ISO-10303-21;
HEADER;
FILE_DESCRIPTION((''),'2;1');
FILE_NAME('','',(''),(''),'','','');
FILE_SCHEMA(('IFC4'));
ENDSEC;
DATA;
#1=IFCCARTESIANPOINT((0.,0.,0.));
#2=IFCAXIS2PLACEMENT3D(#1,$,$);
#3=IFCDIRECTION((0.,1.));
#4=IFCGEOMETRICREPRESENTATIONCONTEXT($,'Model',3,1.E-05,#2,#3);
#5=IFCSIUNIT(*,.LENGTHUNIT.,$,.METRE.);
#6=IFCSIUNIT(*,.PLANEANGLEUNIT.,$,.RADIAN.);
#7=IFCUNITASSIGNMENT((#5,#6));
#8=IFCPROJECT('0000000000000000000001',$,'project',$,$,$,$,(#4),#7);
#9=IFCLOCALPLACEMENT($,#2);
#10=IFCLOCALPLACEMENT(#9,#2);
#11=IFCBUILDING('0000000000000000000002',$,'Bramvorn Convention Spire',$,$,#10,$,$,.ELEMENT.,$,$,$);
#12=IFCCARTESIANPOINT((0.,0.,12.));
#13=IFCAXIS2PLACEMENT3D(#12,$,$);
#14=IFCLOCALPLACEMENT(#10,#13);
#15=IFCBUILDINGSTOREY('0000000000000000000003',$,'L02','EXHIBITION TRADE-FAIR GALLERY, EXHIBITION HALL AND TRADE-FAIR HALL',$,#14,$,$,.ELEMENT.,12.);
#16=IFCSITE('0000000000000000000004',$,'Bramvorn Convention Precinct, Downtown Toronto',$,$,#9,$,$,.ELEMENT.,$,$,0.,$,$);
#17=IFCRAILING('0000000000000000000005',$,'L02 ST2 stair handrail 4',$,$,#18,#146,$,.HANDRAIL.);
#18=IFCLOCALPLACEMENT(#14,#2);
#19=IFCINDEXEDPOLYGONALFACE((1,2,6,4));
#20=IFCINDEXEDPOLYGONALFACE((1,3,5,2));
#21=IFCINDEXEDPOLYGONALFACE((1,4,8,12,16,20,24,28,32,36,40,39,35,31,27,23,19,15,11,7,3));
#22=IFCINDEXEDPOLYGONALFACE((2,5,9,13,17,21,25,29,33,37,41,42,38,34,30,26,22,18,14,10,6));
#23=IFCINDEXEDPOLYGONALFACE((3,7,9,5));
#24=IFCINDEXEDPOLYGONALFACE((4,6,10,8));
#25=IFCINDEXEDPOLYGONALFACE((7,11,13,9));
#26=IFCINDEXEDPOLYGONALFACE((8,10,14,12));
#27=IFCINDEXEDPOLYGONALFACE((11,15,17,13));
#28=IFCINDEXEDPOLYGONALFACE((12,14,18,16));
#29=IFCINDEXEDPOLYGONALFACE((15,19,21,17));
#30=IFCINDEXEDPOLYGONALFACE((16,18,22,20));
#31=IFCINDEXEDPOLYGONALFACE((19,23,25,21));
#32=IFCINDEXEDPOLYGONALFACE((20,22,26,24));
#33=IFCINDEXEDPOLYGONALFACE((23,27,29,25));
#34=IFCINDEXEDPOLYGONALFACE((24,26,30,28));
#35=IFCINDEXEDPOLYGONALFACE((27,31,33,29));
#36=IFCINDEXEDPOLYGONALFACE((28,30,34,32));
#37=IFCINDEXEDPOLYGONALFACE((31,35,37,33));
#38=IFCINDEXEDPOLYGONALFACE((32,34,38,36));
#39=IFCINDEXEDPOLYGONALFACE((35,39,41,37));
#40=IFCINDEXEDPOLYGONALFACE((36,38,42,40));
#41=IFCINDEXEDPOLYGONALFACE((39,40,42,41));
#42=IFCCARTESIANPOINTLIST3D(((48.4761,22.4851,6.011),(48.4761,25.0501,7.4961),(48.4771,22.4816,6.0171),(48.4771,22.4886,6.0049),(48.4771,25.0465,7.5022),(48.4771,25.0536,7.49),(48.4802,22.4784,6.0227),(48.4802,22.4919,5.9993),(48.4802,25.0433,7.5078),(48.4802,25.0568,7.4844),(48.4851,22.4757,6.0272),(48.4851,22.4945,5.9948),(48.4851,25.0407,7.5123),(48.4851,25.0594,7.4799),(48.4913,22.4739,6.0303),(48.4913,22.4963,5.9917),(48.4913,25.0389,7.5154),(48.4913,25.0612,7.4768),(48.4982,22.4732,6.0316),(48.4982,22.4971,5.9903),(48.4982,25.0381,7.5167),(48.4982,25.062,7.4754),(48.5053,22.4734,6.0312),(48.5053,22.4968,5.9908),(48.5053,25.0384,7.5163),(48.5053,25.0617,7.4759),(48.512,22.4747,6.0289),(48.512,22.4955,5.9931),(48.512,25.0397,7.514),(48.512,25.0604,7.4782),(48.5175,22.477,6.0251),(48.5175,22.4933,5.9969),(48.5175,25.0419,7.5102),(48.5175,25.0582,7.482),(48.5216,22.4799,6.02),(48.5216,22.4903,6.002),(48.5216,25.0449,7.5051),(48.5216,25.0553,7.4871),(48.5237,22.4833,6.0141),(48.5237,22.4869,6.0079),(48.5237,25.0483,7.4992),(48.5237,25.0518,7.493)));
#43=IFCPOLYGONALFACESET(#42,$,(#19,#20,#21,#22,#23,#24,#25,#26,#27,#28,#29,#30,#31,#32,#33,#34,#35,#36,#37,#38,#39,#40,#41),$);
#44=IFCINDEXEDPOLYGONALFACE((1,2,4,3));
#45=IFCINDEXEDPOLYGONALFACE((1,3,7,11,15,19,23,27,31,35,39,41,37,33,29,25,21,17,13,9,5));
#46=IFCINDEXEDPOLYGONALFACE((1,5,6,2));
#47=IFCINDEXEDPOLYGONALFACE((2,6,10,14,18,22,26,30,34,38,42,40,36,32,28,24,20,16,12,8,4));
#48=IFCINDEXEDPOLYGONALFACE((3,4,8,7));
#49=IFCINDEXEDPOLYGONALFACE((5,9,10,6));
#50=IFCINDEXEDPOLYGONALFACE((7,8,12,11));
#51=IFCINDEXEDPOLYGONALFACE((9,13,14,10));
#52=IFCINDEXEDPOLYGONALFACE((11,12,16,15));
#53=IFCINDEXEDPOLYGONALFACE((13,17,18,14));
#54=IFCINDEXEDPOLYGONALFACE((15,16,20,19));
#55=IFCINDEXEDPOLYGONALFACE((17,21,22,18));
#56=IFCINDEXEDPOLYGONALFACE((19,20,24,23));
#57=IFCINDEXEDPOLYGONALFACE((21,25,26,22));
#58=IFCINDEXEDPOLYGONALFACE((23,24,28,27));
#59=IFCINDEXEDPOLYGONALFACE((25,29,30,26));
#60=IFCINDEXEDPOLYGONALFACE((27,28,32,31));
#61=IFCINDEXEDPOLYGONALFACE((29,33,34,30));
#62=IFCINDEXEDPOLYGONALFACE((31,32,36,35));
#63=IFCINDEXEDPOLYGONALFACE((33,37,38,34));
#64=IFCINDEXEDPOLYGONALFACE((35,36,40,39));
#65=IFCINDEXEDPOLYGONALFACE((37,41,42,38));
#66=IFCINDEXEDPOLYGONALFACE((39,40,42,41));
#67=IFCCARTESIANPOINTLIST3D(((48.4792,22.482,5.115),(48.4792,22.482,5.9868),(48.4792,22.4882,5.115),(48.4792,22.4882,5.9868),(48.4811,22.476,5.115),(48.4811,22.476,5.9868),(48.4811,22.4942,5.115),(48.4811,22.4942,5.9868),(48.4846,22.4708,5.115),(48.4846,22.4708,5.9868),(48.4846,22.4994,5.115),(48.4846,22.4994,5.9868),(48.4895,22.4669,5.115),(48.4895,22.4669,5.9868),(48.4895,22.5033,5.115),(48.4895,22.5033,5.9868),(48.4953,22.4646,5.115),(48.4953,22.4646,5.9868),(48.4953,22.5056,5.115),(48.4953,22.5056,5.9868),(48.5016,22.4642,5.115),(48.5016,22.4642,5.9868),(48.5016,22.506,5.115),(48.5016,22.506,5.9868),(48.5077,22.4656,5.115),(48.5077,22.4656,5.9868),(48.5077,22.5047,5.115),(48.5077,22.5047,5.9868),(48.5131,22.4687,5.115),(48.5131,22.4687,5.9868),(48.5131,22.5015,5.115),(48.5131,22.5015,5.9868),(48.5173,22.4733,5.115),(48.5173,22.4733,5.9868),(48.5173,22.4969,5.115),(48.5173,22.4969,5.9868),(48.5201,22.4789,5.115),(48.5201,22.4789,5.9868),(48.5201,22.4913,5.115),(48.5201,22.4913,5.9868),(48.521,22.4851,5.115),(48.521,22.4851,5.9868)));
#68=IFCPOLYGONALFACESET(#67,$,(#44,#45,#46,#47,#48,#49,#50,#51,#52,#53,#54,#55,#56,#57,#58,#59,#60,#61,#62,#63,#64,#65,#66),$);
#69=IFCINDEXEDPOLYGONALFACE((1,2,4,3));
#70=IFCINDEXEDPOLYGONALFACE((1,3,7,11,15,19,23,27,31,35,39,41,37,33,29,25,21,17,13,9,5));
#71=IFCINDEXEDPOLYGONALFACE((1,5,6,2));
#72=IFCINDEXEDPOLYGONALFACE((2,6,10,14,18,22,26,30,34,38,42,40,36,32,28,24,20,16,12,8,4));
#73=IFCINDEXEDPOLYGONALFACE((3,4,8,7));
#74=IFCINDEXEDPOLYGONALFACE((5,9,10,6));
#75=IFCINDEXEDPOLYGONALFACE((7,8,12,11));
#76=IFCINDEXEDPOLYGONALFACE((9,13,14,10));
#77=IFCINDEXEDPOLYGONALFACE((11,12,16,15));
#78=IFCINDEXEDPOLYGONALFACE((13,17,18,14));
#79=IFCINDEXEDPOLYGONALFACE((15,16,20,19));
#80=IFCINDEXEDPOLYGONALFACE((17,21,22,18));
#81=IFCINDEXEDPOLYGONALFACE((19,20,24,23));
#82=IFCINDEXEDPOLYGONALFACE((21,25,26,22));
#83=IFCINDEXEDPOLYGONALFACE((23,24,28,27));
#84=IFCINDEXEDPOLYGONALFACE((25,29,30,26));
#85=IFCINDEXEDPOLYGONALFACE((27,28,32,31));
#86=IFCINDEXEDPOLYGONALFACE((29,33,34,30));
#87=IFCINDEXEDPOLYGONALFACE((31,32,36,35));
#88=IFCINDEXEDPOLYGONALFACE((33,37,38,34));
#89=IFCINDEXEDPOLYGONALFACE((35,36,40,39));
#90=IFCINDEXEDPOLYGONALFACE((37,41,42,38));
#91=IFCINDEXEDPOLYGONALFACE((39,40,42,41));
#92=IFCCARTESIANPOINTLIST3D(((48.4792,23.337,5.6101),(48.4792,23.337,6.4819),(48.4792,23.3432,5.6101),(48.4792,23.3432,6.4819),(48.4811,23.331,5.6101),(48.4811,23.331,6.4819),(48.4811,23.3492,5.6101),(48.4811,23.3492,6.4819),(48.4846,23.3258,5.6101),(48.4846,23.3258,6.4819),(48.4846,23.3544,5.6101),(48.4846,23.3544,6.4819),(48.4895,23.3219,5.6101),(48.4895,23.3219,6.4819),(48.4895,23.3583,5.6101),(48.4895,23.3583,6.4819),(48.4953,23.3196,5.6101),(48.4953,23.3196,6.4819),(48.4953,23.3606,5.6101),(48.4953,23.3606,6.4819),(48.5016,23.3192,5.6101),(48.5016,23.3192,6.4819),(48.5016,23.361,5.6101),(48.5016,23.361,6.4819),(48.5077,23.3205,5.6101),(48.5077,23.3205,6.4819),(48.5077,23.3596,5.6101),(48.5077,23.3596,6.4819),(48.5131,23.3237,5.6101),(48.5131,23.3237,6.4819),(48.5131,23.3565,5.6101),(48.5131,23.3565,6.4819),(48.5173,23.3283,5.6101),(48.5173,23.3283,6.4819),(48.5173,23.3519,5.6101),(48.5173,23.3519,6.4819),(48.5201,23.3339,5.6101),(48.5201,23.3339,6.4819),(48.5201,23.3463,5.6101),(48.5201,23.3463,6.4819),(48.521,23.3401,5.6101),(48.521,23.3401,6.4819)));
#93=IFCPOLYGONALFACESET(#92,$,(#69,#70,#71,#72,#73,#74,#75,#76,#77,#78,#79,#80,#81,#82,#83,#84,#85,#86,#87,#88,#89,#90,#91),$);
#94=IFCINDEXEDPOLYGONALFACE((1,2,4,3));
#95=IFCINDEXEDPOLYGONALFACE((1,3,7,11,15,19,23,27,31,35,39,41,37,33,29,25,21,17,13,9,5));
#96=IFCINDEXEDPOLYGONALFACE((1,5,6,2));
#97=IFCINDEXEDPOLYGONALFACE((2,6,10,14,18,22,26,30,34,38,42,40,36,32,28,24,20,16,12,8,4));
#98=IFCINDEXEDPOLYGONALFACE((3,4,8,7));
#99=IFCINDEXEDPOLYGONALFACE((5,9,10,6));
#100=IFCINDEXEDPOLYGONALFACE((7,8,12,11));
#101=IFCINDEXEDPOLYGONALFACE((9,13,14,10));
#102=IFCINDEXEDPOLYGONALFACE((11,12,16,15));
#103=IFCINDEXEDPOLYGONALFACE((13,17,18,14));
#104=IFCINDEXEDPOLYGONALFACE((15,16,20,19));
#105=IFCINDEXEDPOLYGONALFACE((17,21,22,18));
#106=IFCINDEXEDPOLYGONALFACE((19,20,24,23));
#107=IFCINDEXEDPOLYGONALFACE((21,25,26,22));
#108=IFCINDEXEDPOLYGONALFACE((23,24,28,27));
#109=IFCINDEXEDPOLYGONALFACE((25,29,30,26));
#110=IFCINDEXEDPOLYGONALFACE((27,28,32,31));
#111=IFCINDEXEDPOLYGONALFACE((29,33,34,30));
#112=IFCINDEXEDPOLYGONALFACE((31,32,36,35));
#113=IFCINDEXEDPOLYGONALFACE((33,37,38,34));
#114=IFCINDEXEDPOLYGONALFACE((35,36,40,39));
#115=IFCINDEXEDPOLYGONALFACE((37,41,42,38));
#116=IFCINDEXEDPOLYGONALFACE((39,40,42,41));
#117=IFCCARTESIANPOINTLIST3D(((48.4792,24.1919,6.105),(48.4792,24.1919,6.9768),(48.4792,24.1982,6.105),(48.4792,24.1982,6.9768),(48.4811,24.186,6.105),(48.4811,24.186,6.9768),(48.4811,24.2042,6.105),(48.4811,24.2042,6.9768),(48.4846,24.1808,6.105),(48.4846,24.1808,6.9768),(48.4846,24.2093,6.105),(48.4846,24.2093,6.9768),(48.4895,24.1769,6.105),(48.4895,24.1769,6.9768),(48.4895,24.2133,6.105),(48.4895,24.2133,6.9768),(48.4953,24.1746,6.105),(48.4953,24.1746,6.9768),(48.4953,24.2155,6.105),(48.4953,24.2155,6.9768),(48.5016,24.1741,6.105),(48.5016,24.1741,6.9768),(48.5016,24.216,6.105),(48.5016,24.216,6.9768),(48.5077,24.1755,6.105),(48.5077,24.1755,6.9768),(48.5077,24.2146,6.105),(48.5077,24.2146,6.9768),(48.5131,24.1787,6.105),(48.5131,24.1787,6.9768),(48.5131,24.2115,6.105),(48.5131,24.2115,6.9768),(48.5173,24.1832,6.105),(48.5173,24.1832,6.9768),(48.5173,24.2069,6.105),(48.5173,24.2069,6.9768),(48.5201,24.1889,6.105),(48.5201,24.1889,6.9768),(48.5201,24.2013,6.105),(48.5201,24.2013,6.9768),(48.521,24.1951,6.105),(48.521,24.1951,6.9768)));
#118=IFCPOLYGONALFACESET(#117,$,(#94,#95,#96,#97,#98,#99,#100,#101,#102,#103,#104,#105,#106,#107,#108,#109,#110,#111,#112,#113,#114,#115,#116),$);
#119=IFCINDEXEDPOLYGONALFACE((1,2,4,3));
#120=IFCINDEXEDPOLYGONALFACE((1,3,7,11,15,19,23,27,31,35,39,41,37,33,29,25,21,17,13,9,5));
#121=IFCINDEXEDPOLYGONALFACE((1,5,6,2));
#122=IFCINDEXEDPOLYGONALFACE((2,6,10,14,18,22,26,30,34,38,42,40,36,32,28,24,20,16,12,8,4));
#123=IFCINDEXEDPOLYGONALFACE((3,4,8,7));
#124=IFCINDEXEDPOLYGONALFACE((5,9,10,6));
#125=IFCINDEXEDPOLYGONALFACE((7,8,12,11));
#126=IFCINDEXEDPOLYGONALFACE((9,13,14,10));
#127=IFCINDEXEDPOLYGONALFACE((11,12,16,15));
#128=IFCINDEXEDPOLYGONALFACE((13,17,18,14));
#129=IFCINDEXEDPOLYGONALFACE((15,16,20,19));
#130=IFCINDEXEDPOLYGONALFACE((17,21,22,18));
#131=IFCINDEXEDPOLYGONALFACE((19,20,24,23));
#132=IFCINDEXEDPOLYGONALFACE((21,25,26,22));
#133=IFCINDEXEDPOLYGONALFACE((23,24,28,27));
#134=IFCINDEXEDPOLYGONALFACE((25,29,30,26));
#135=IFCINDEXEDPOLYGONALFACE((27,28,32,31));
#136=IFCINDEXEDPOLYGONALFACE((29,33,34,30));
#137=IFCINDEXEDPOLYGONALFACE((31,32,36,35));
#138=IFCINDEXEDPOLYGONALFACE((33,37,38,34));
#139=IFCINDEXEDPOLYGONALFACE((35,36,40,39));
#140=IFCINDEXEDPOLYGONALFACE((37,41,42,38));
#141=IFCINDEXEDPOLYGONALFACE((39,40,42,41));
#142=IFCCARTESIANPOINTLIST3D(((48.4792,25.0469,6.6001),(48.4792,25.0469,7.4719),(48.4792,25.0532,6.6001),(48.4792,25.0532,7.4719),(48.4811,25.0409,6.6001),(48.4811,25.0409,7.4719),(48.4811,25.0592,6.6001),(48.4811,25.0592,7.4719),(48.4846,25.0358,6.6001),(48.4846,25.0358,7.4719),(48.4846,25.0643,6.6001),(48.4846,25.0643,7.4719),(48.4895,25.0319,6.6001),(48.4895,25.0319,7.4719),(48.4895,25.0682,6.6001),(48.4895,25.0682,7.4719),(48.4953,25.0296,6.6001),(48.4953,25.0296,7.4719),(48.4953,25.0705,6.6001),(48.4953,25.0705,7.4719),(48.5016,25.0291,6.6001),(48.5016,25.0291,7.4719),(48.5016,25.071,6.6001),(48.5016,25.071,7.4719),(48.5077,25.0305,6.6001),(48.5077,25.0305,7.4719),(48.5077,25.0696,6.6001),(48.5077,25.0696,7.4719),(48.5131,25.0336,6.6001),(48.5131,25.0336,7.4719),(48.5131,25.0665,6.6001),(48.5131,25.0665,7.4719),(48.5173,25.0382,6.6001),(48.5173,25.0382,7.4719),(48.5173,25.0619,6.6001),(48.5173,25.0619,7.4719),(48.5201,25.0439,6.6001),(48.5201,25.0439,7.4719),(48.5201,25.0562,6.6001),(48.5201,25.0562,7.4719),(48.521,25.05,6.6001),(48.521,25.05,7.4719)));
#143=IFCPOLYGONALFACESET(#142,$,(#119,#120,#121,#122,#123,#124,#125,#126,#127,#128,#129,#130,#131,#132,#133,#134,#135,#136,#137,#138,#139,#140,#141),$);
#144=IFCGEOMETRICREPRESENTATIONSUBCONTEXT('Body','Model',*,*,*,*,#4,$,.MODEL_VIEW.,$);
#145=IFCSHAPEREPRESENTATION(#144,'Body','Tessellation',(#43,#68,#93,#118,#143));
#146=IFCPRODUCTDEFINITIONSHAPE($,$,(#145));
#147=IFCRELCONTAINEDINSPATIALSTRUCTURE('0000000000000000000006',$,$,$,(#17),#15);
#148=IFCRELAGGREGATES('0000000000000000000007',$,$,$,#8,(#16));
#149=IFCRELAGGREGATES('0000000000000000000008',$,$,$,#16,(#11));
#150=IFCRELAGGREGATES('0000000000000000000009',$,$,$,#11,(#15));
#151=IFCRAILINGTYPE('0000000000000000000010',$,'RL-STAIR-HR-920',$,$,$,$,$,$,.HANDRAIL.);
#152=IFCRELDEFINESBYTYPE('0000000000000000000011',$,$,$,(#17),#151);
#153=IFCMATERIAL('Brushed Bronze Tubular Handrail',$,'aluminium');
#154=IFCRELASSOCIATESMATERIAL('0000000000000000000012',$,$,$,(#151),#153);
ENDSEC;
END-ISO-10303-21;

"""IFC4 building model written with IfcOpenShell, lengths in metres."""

from ifc_helpers import new_model, si_unit, direction, frame, origin, origin_2d, place, context, subcontext, project, spatial, circle, extrude, material, type_object, element, save


model = new_model("IFC4")

# Units and contexts
model_context = context("Model", 3, precision=1e-05, world=origin(), true_north=direction((0.0, 1.0)))
body_context = subcontext(model_context, "Body", "Model", "MODEL_VIEW")
ifc_project = project(units=[si_unit("LENGTHUNIT", "METRE"), si_unit("PLANEANGLEUNIT", "RADIAN")], contexts=[model_context])

# Site, building, storey
site_placement = place(None, origin())
site = spatial("IfcSite", under=ifc_project, at=site_placement, Name="Bramvorn Convention Precinct, Downtown Toronto", CompositionType="ELEMENT", RefElevation=0.0)
building_placement = place(site_placement, origin())
building = spatial("IfcBuilding", under=site, at=building_placement, Name="Bramvorn Convention Spire", CompositionType="ELEMENT")
storey_placement = place(building_placement, frame((0.0, 0.0, 12.0)))
storey = spatial("IfcBuildingStorey", under=building, at=storey_placement, Name="L02", Description="EXHIBITION TRADE-FAIR GALLERY, EXHIBITION HALL AND TRADE-FAIR HALL", CompositionType="ELEMENT", Elevation=12.0)

# Railing
ifc_material_1 = material(Name="Brushed Bronze Tubular Handrail", Category="aluminium")
railing_type_1 = type_object("IfcRailingType", Name="RL-STAIR-HR-920", PredefinedType="HANDRAIL", material=ifc_material_1)
railing_1_placement = place(storey_placement, frame((48.5, 22.4851, 5.115)))
element("IfcRailing", 1, at=railing_1_placement, inside=storey, type_object=railing_type_1, Name="L02 ST2 stair handrail 4", PredefinedType="HANDRAIL", context=body_context, shape_type="SweptSolid", body=[
    extrude(circle(Radius=0.0239, at=origin_2d()), frame((0.0, 0.0, 0.896), z_axis=(0.0, 0.865406, 0.501072), x_axis=(-1.0, 0.0, 0.0)), (0.0, 0.0, 1.0), 2.9639),
    extrude(circle(Radius=0.021, at=origin_2d()), origin(), (0.0, 0.0, 1.0), 0.8718),
    extrude(circle(Radius=0.021, at=origin_2d()), frame((0.0, 0.855, 0.4951)), (0.0, 0.0, 1.0), 0.8718),
    extrude(circle(Radius=0.021, at=origin_2d()), frame((0.0, 1.71, 0.99)), (0.0, 0.0, 1.0), 0.8718),
    extrude(circle(Radius=0.021, at=origin_2d()), frame((0.0, 2.5649, 1.4851)), (0.0, 0.0, 1.0), 0.8718),
])

save(model, "model.ifc")
